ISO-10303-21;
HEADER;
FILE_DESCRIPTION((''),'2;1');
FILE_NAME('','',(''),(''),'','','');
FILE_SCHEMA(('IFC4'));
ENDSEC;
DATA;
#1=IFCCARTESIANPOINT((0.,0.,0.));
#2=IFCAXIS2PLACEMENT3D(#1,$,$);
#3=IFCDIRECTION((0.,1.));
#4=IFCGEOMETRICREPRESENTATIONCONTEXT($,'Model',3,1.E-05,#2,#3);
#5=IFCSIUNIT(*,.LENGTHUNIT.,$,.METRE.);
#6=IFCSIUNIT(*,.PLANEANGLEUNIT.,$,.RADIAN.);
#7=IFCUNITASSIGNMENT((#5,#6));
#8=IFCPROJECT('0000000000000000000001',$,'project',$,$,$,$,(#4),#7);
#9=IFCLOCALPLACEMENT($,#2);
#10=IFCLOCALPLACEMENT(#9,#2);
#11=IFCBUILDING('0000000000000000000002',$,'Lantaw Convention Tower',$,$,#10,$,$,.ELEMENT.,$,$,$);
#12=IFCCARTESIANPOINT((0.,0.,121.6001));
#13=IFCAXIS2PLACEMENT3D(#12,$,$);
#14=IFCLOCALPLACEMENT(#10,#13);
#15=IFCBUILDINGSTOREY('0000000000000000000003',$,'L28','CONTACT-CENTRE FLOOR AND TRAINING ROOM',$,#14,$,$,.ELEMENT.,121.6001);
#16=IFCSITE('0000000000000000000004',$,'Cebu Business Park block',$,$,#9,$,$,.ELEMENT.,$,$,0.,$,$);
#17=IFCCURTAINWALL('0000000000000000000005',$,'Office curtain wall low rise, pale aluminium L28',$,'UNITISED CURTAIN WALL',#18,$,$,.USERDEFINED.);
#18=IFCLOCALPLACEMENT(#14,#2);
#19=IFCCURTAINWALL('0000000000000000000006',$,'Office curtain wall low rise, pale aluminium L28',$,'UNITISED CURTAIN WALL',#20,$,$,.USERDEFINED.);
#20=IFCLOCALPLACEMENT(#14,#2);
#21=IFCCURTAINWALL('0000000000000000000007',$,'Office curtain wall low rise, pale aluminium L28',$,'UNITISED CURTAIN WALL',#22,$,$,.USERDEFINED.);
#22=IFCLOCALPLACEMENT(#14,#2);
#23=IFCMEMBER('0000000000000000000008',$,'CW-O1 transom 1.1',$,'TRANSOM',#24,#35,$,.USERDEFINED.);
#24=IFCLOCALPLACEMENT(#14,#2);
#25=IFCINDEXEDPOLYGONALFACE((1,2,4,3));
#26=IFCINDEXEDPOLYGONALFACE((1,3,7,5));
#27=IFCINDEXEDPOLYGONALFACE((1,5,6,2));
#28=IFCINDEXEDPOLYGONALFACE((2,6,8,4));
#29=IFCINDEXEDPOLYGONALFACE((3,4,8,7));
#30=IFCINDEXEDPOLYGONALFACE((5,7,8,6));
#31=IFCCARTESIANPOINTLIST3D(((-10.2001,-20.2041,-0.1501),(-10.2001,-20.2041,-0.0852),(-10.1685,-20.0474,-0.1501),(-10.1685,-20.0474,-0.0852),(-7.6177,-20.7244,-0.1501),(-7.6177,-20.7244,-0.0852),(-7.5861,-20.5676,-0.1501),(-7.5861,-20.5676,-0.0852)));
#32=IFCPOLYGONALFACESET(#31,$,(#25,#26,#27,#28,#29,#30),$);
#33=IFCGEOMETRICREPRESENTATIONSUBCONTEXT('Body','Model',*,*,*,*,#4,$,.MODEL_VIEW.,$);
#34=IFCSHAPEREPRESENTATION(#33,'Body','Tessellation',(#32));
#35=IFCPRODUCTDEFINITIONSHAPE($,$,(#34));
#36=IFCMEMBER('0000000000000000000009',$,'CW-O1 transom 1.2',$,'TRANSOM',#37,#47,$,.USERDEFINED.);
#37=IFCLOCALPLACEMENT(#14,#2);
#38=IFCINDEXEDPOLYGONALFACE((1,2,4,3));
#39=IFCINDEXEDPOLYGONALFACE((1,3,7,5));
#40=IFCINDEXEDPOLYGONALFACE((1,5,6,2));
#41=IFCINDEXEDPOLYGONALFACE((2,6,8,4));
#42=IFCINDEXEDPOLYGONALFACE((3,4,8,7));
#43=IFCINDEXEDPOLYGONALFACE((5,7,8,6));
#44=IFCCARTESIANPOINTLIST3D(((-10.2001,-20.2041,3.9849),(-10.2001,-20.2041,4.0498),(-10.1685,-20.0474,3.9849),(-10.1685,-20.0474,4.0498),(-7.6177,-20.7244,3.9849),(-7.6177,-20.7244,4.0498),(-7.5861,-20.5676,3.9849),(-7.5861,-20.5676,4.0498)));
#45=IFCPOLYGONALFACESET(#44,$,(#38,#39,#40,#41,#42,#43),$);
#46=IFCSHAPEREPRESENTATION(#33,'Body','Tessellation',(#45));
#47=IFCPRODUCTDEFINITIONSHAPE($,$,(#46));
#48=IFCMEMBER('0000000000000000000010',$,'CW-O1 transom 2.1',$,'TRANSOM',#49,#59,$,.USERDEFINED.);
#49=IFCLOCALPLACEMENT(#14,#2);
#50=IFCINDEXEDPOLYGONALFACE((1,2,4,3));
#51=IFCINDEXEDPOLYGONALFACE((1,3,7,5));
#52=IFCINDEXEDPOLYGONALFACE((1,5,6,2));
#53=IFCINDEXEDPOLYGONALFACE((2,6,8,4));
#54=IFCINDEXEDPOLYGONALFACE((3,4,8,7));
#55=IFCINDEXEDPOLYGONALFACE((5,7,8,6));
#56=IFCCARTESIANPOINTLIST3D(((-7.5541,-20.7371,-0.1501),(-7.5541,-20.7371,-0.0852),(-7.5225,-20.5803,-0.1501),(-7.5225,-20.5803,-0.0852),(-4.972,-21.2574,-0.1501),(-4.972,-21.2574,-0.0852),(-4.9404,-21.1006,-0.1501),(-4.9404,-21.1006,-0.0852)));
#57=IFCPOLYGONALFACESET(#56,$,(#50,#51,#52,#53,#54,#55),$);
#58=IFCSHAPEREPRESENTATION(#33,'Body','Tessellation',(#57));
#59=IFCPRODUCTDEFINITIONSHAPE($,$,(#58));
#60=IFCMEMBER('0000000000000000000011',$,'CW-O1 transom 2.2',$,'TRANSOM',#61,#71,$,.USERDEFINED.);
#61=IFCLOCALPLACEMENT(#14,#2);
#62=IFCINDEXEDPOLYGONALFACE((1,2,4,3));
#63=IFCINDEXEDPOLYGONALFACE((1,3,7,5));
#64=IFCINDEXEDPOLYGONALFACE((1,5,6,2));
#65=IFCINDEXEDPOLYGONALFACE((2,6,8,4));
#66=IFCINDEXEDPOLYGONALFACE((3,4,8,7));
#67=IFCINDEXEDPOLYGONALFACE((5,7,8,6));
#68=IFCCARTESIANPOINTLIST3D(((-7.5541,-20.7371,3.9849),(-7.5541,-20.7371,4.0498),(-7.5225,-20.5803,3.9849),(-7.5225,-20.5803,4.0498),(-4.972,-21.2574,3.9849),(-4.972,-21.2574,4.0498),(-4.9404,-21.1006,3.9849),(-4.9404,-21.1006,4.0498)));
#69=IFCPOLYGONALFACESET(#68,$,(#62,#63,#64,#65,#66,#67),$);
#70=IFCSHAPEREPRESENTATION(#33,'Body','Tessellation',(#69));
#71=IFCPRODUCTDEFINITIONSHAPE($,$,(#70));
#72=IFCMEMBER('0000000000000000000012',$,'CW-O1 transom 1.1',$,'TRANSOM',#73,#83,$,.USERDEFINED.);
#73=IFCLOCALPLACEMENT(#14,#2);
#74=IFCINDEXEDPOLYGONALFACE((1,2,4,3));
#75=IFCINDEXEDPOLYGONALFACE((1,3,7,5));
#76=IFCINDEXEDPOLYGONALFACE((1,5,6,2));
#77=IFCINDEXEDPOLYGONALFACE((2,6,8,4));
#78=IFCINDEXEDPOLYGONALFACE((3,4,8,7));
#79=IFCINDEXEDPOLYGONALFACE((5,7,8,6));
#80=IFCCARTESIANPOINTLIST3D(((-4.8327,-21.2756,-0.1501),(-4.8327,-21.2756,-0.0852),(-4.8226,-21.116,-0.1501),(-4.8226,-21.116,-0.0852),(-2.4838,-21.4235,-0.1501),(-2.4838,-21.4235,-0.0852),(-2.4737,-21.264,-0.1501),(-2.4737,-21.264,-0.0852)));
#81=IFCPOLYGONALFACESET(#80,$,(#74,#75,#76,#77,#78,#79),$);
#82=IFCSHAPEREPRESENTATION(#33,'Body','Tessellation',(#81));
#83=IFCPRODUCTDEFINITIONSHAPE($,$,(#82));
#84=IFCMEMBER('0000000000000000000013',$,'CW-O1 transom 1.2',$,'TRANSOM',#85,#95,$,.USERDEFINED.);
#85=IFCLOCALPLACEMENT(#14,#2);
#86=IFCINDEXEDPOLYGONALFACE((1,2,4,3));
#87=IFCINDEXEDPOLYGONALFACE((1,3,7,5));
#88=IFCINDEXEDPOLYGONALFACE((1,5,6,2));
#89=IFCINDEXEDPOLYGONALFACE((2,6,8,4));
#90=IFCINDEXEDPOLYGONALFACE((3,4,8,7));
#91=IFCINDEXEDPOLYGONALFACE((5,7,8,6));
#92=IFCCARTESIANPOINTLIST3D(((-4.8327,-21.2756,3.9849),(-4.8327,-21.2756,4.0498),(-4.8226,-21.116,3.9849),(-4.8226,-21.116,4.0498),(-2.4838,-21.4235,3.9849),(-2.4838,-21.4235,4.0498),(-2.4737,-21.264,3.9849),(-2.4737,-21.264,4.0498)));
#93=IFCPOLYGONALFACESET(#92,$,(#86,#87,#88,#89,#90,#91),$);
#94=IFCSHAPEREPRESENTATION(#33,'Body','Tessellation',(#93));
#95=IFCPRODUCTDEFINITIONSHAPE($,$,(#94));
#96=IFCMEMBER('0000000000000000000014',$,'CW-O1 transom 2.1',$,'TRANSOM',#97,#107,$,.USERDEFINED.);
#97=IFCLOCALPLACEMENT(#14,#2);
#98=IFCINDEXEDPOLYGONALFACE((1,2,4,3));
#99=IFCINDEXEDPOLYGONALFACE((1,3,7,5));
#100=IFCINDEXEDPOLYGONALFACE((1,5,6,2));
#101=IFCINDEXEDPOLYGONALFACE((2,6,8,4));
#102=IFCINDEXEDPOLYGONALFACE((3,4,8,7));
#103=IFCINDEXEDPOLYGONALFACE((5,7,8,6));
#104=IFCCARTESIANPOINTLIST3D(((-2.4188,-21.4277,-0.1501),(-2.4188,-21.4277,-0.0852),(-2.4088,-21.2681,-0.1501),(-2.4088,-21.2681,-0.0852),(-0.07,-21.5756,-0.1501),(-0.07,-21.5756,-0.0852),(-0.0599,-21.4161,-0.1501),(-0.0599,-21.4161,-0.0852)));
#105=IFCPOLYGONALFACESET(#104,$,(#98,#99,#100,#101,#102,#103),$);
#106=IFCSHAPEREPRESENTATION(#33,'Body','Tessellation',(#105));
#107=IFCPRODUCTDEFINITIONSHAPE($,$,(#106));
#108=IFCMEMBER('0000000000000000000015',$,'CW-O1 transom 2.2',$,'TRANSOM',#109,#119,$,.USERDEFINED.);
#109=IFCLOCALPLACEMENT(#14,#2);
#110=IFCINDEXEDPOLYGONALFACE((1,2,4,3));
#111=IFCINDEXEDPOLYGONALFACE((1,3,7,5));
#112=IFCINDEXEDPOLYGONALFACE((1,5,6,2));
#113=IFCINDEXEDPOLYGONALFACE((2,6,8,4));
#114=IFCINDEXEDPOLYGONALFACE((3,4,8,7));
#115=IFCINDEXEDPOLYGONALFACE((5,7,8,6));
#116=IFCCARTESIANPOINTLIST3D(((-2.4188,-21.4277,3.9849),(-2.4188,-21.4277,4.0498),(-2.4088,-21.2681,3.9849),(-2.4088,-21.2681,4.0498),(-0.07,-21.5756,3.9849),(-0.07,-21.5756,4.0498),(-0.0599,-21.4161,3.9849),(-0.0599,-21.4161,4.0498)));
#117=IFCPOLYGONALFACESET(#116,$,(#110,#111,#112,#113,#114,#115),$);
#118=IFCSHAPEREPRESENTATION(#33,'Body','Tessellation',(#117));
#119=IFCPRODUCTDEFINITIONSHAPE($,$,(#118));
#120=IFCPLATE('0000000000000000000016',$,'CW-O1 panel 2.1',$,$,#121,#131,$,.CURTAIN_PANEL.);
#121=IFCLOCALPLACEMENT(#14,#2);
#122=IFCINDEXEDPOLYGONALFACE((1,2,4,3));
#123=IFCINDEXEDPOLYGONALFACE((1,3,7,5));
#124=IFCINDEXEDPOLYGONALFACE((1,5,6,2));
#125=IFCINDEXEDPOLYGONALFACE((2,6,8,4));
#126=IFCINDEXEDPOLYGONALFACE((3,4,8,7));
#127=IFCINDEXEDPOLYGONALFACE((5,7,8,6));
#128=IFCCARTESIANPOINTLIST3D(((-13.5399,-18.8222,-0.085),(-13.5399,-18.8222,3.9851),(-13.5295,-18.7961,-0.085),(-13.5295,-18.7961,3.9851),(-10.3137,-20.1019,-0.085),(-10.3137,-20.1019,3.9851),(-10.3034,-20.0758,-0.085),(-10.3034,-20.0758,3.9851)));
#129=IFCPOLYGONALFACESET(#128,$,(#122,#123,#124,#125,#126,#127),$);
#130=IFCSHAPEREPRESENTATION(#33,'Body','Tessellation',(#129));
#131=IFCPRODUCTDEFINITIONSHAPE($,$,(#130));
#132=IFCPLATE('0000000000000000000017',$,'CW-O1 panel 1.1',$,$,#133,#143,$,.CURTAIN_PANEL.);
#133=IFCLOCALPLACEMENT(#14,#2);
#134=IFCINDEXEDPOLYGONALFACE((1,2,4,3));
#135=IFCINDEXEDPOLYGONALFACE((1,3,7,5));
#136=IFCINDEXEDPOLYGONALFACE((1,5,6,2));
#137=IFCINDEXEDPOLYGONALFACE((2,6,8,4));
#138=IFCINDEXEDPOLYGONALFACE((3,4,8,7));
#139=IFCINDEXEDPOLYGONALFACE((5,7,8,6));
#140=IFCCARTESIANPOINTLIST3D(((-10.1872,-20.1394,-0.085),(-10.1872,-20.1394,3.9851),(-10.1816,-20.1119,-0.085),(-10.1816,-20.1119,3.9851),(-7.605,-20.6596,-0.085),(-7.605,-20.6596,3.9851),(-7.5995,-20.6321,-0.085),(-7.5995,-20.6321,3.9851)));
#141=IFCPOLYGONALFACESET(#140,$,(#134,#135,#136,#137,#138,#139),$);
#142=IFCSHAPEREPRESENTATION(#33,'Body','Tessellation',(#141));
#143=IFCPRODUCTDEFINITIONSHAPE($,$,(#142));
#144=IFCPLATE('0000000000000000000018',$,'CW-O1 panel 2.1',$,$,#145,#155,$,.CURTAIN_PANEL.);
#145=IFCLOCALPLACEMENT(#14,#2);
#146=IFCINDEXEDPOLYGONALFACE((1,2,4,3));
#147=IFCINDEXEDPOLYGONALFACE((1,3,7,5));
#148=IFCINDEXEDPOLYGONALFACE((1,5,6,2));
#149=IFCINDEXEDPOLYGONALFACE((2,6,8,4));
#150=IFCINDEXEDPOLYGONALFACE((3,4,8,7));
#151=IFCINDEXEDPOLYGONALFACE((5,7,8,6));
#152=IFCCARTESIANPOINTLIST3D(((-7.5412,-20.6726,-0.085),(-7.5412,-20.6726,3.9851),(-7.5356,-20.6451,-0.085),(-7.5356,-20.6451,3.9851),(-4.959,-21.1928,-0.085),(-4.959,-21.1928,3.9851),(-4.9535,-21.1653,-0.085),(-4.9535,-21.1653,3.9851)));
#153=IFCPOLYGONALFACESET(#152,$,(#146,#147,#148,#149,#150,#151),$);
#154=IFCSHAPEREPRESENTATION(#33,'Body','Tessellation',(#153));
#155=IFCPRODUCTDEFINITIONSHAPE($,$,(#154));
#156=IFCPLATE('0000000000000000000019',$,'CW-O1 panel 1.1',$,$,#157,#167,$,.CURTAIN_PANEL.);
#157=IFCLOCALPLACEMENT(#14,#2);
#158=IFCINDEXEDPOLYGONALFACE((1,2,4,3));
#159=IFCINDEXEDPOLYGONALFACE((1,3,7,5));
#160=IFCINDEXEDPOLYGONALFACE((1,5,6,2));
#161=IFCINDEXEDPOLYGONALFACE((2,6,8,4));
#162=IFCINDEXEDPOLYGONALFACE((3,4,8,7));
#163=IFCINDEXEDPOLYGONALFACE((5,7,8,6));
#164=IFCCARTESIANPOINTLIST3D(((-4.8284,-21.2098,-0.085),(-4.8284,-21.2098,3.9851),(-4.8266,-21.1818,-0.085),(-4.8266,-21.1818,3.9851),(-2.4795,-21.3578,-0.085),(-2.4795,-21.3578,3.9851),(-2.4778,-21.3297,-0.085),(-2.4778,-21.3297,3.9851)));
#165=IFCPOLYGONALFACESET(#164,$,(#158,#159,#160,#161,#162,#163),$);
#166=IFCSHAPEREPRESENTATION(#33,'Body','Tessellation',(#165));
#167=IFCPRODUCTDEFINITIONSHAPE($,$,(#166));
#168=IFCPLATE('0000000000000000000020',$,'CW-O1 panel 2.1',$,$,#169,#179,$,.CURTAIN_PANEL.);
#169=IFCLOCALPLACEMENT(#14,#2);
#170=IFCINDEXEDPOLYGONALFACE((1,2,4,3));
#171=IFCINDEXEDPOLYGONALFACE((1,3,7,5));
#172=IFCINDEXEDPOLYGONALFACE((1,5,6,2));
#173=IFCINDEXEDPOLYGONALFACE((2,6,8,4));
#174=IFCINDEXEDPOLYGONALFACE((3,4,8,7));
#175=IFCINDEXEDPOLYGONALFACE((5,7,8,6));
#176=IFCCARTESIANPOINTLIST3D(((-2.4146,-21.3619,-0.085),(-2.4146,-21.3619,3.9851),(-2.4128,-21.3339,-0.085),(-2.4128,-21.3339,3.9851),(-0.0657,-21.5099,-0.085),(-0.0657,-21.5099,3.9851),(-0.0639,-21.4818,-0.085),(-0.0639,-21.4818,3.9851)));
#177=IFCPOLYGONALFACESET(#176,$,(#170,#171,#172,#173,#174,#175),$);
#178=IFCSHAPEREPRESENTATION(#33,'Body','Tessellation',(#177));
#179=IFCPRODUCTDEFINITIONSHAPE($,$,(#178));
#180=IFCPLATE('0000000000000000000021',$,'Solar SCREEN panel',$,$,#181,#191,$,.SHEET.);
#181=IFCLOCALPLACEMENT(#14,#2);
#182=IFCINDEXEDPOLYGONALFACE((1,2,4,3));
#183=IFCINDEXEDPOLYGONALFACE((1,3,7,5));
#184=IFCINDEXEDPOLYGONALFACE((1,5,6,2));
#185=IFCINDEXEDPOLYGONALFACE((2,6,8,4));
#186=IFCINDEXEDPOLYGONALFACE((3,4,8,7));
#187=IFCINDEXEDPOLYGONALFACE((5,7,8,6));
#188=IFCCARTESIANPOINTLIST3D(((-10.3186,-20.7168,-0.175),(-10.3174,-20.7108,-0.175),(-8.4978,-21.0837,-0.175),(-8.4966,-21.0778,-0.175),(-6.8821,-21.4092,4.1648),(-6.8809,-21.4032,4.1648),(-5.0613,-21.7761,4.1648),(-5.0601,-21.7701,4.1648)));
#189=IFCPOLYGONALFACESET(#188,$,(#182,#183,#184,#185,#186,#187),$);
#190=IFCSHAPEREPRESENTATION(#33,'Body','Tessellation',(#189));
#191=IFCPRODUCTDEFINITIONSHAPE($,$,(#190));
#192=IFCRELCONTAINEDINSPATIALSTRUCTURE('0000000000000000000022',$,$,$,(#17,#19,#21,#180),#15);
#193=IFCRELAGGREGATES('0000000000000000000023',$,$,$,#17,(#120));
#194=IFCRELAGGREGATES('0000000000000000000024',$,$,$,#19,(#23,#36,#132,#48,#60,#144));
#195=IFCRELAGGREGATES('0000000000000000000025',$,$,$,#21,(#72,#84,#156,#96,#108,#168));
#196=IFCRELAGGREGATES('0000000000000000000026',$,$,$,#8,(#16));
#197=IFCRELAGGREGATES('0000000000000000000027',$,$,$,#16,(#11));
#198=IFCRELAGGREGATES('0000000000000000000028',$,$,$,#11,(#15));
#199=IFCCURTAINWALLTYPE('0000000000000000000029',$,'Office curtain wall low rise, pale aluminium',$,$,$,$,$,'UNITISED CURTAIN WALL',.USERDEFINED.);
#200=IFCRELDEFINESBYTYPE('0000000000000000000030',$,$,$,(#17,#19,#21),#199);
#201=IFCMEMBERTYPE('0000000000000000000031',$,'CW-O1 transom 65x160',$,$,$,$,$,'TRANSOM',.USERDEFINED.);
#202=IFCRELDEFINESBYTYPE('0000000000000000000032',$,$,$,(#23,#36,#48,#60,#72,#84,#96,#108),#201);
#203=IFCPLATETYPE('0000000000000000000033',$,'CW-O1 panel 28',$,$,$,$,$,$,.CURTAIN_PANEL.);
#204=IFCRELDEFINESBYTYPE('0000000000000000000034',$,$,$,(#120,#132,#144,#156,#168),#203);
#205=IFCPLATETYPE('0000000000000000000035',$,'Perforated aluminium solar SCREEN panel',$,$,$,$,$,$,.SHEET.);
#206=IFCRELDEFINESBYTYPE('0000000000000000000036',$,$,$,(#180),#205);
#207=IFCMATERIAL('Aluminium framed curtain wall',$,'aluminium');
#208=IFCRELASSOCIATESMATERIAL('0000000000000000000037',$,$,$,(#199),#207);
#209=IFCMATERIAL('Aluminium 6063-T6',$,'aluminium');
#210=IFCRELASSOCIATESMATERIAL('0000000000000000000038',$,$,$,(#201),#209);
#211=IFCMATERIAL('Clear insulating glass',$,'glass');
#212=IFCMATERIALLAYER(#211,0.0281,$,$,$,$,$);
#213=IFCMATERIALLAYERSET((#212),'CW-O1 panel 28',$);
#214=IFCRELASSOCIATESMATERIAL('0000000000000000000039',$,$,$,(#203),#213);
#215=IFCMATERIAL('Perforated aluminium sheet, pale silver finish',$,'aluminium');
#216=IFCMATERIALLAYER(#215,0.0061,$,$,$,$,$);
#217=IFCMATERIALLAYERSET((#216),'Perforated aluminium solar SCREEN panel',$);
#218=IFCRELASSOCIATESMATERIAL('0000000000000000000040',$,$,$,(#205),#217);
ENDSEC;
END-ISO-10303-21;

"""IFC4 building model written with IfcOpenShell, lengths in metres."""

from ifc_helpers import new_model, si_unit, direction, frame, origin, origin_2d, place, context, subcontext, project, spatial, polyline, rectangle, outline, extrude, material, layer, layer_set, material_profile, profile_set, type_object, element, aggregate, save


model = new_model("IFC4")

# Units and contexts
model_context = context("Model", 3, precision=1e-05, world=origin(), true_north=direction((0.0, 1.0)))
body_context = subcontext(model_context, "Body", "Model", "MODEL_VIEW")
ifc_project = project(units=[si_unit("LENGTHUNIT", "METRE"), si_unit("PLANEANGLEUNIT", "RADIAN")], contexts=[model_context])

# Site, building, storey
site_placement = place(None, origin())
site = spatial("IfcSite", under=ifc_project, at=site_placement, Name="Cebu Business Park block", CompositionType="ELEMENT", RefElevation=0.0)
building_placement = place(site_placement, origin())
building = spatial("IfcBuilding", under=site, at=building_placement, Name="Lantaw Convention Tower", CompositionType="ELEMENT")
storey_placement = place(building_placement, frame((0.0, 0.0, 121.6001)))
storey = spatial("IfcBuildingStorey", under=building, at=storey_placement, Name="L28", Description="CONTACT-CENTRE FLOOR AND TRAINING ROOM", CompositionType="ELEMENT", Elevation=121.6001)

# Curtain wall
ifc_material_1 = material(Name="Aluminium framed curtain wall", Category="aluminium")
curtain_wall_type = type_object("IfcCurtainWallType", Name="Office curtain wall low rise, pale aluminium", ElementType="UNITISED CURTAIN WALL", PredefinedType="USERDEFINED", material=ifc_material_1)
curtain_wall_1_placement = place(storey_placement, origin())
curtain_wall_1 = element("IfcCurtainWall", 1, at=curtain_wall_1_placement, inside=storey, type_object=curtain_wall_type, Name="Office curtain wall low rise, pale aluminium L28", ObjectType="UNITISED CURTAIN WALL", PredefinedType="USERDEFINED")
ifc_material_2 = material(Name="Aluminium 6063-T6", Category="aluminium")

# Curtain walls
curtain_wall_2_placement = place(storey_placement, origin())
curtain_wall_2 = element("IfcCurtainWall", 2, at=curtain_wall_2_placement, inside=storey, type_object=curtain_wall_type, Name="Office curtain wall low rise, pale aluminium L28", ObjectType="UNITISED CURTAIN WALL", PredefinedType="USERDEFINED")
curtain_wall_3_placement = place(storey_placement, origin())
curtain_wall_3 = element("IfcCurtainWall", 3, at=curtain_wall_3_placement, inside=storey, type_object=curtain_wall_type, Name="Office curtain wall low rise, pale aluminium L28", ObjectType="UNITISED CURTAIN WALL", PredefinedType="USERDEFINED")

# Members
ifc_material_profile_1 = material_profile(ifc_material_2, rectangle(XDim=0.1599, YDim=0.0649, at=origin_2d()), Name="CW-O1 transom 65x160")
ifc_profile_set_1 = profile_set([ifc_material_profile_1], Name="Aluminium 6063-T6")
member_type_1 = type_object("IfcMemberType", Name="CW-O1 transom 65x160", ElementType="TRANSOM", PredefinedType="USERDEFINED", material=ifc_profile_set_1)
member_1_placement = place(storey_placement, frame((-10.1843, -20.1257, -0.1177), z_axis=(0.980302, -0.197506, 0.0), x_axis=(0.197506, 0.980302, 0.0)))
member_1 = element("IfcMember", 4, at=member_1_placement, type_object=member_type_1, Name="CW-O1 transom 1.1", ObjectType="TRANSOM", PredefinedType="USERDEFINED", context=body_context, shape_type="SweptSolid", body=[
    extrude(rectangle(XDim=0.1599, YDim=0.0649, at=origin_2d()), origin(), (0.0, 0.0, 1.0), 2.6343),
])
member_2_placement = place(storey_placement, frame((-10.1843, -20.1257, 4.0173), z_axis=(0.980302, -0.197506, 0.0), x_axis=(0.197506, 0.980302, 0.0)))
member_2 = element("IfcMember", 5, at=member_2_placement, type_object=member_type_1, Name="CW-O1 transom 1.2", ObjectType="TRANSOM", PredefinedType="USERDEFINED", context=body_context, shape_type="SweptSolid", body=[
    extrude(rectangle(XDim=0.1599, YDim=0.0649, at=origin_2d()), origin(), (0.0, 0.0, 1.0), 2.6343),
])
member_3_placement = place(storey_placement, frame((-7.5383, -20.6587, -0.1177), z_axis=(0.980298, -0.197524, 0.0), x_axis=(0.197524, 0.980298, 0.0)))
member_3 = element("IfcMember", 6, at=member_3_placement, type_object=member_type_1, Name="CW-O1 transom 2.1", ObjectType="TRANSOM", PredefinedType="USERDEFINED", context=body_context, shape_type="SweptSolid", body=[
    extrude(rectangle(XDim=0.1599, YDim=0.0649, at=origin_2d()), origin(), (0.0, 0.0, 1.0), 2.634),
])
member_4_placement = place(storey_placement, frame((-7.5383, -20.6587, 4.0173), z_axis=(0.980298, -0.197524, 0.0), x_axis=(0.197524, 0.980298, 0.0)))
member_4 = element("IfcMember", 7, at=member_4_placement, type_object=member_type_1, Name="CW-O1 transom 2.2", ObjectType="TRANSOM", PredefinedType="USERDEFINED", context=body_context, shape_type="SweptSolid", body=[
    extrude(rectangle(XDim=0.1599, YDim=0.0649, at=origin_2d()), origin(), (0.0, 0.0, 1.0), 2.634),
])
member_5_placement = place(storey_placement, frame((-4.8276, -21.1958, -0.1177), z_axis=(0.998022, -0.062863, 0.0), x_axis=(0.062863, 0.998022, 0.0)))
member_5 = element("IfcMember", 8, at=member_5_placement, type_object=member_type_1, Name="CW-O1 transom 1.1", ObjectType="TRANSOM", PredefinedType="USERDEFINED", context=body_context, shape_type="SweptSolid", body=[
    extrude(rectangle(XDim=0.1599, YDim=0.0649, at=origin_2d()), origin(), (0.0, 0.0, 1.0), 2.3535),
])
member_6_placement = place(storey_placement, frame((-4.8276, -21.1958, 4.0173), z_axis=(0.998022, -0.062863, 0.0), x_axis=(0.062863, 0.998022, 0.0)))
member_6 = element("IfcMember", 9, at=member_6_placement, type_object=member_type_1, Name="CW-O1 transom 1.2", ObjectType="TRANSOM", PredefinedType="USERDEFINED", context=body_context, shape_type="SweptSolid", body=[
    extrude(rectangle(XDim=0.1599, YDim=0.0649, at=origin_2d()), origin(), (0.0, 0.0, 1.0), 2.3535),
])
member_7_placement = place(storey_placement, frame((-2.4138, -21.3479, -0.1177), z_axis=(0.998022, -0.062863, 0.0), x_axis=(0.062863, 0.998022, 0.0)))
member_7 = element("IfcMember", 10, at=member_7_placement, type_object=member_type_1, Name="CW-O1 transom 2.1", ObjectType="TRANSOM", PredefinedType="USERDEFINED", context=body_context, shape_type="SweptSolid", body=[
    extrude(rectangle(XDim=0.1599, YDim=0.0649, at=origin_2d()), origin(), (0.0, 0.0, 1.0), 2.3535),
])
member_8_placement = place(storey_placement, frame((-2.4138, -21.3479, 4.0173), z_axis=(0.998022, -0.062863, 0.0), x_axis=(0.062863, 0.998022, 0.0)))
member_8 = element("IfcMember", 11, at=member_8_placement, type_object=member_type_1, Name="CW-O1 transom 2.2", ObjectType="TRANSOM", PredefinedType="USERDEFINED", context=body_context, shape_type="SweptSolid", body=[
    extrude(rectangle(XDim=0.1599, YDim=0.0649, at=origin_2d()), origin(), (0.0, 0.0, 1.0), 2.3535),
])

# Plates
ifc_material_3 = material(Name="Clear insulating glass", Category="glass")
ifc_layer_1 = layer(ifc_material_3, 0.0281)
ifc_layer_set_1 = layer_set([ifc_layer_1], Name="CW-O1 panel 28")
plate_type_1 = type_object("IfcPlateType", Name="CW-O1 panel 28", PredefinedType="CURTAIN_PANEL", material=ifc_layer_set_1)
plate_1_placement = place(storey_placement, frame((-11.9216, -19.449, -0.085), z_axis=(0.0, 0.0, 1.0), x_axis=(0.929548, -0.368702, 0.0)))
plate_1 = element("IfcPlate", 12, at=plate_1_placement, type_object=plate_type_1, Name="CW-O1 panel 2.1", PredefinedType="CURTAIN_PANEL", context=body_context, shape_type="SweptSolid", body=[
    extrude(rectangle(XDim=3.4707, YDim=0.0281, at=origin_2d()), origin(), (0.0, 0.0, 1.0), 4.0701),
])
aggregate(curtain_wall_1, [plate_1])
plate_2_placement = place(storey_placement, frame((-8.8933, -20.3857, -0.085), z_axis=(0.0, 0.0, 1.0), x_axis=(0.980302, -0.197507, 0.0)))
plate_2 = element("IfcPlate", 13, at=plate_2_placement, type_object=plate_type_1, Name="CW-O1 panel 1.1", PredefinedType="CURTAIN_PANEL", context=body_context, shape_type="SweptSolid", body=[
    extrude(rectangle(XDim=2.634, YDim=0.0281, at=origin_2d()), origin(), (0.0, 0.0, 1.0), 4.0701),
])
plate_3_placement = place(storey_placement, frame((-6.2473, -20.9189, -0.085), z_axis=(0.0, 0.0, 1.0), x_axis=(0.980302, -0.197507, 0.0)))
plate_3 = element("IfcPlate", 14, at=plate_3_placement, type_object=plate_type_1, Name="CW-O1 panel 2.1", PredefinedType="CURTAIN_PANEL", context=body_context, shape_type="SweptSolid", body=[
    extrude(rectangle(XDim=2.634, YDim=0.0281, at=origin_2d()), origin(), (0.0, 0.0, 1.0), 4.0701),
])
aggregate(curtain_wall_2, [member_1, member_2, plate_2, member_3, member_4, plate_3])
plate_4_placement = place(storey_placement, frame((-3.6531, -21.2698, -0.085), z_axis=(0.0, 0.0, 1.0), x_axis=(0.998022, -0.062865, 0.0)))
plate_4 = element("IfcPlate", 15, at=plate_4_placement, type_object=plate_type_1, Name="CW-O1 panel 1.1", PredefinedType="CURTAIN_PANEL", context=body_context, shape_type="SweptSolid", body=[
    extrude(rectangle(XDim=2.3535, YDim=0.0281, at=origin_2d()), origin(), (0.0, 0.0, 1.0), 4.0701),
])
plate_5_placement = place(storey_placement, frame((-1.2393, -21.4219, -0.085), z_axis=(0.0, 0.0, 1.0), x_axis=(0.998022, -0.062865, 0.0)))
plate_5 = element("IfcPlate", 16, at=plate_5_placement, type_object=plate_type_1, Name="CW-O1 panel 2.1", PredefinedType="CURTAIN_PANEL", context=body_context, shape_type="SweptSolid", body=[
    extrude(rectangle(XDim=2.3535, YDim=0.0281, at=origin_2d()), origin(), (0.0, 0.0, 1.0), 4.0701),
])
aggregate(curtain_wall_3, [member_5, member_6, plate_4, member_7, member_8, plate_5])

# Plate
ifc_material_4 = material(Name="Perforated aluminium sheet, pale silver finish", Category="aluminium")
ifc_layer_2 = layer(ifc_material_4, 0.0061)
ifc_layer_set_2 = layer_set([ifc_layer_2], Name="Perforated aluminium solar SCREEN panel")
plate_type_2 = type_object("IfcPlateType", Name="Perforated aluminium solar SCREEN panel", PredefinedType="SHEET", material=ifc_layer_set_2)
plate_6_placement = place(storey_placement, frame((-10.3186, -20.7168, -0.175), z_axis=(-0.197557, -0.980291, 0.000039), x_axis=(0.980291, -0.197557, 0.0)))
element("IfcPlate", 17, at=plate_6_placement, inside=storey, type_object=plate_type_2, Name="Solar SCREEN panel", PredefinedType="SHEET", context=body_context, shape_type="SweptSolid", body=[
    extrude(outline(polyline([(0.0, 0.0), (1.8574, 0.0), (5.363, 4.3398), (3.5056, 4.3398), (0.0, 0.0)])), origin(), (0.0, 0.0, -1.0), 0.0061),
])

save(model, "model.ifc")
